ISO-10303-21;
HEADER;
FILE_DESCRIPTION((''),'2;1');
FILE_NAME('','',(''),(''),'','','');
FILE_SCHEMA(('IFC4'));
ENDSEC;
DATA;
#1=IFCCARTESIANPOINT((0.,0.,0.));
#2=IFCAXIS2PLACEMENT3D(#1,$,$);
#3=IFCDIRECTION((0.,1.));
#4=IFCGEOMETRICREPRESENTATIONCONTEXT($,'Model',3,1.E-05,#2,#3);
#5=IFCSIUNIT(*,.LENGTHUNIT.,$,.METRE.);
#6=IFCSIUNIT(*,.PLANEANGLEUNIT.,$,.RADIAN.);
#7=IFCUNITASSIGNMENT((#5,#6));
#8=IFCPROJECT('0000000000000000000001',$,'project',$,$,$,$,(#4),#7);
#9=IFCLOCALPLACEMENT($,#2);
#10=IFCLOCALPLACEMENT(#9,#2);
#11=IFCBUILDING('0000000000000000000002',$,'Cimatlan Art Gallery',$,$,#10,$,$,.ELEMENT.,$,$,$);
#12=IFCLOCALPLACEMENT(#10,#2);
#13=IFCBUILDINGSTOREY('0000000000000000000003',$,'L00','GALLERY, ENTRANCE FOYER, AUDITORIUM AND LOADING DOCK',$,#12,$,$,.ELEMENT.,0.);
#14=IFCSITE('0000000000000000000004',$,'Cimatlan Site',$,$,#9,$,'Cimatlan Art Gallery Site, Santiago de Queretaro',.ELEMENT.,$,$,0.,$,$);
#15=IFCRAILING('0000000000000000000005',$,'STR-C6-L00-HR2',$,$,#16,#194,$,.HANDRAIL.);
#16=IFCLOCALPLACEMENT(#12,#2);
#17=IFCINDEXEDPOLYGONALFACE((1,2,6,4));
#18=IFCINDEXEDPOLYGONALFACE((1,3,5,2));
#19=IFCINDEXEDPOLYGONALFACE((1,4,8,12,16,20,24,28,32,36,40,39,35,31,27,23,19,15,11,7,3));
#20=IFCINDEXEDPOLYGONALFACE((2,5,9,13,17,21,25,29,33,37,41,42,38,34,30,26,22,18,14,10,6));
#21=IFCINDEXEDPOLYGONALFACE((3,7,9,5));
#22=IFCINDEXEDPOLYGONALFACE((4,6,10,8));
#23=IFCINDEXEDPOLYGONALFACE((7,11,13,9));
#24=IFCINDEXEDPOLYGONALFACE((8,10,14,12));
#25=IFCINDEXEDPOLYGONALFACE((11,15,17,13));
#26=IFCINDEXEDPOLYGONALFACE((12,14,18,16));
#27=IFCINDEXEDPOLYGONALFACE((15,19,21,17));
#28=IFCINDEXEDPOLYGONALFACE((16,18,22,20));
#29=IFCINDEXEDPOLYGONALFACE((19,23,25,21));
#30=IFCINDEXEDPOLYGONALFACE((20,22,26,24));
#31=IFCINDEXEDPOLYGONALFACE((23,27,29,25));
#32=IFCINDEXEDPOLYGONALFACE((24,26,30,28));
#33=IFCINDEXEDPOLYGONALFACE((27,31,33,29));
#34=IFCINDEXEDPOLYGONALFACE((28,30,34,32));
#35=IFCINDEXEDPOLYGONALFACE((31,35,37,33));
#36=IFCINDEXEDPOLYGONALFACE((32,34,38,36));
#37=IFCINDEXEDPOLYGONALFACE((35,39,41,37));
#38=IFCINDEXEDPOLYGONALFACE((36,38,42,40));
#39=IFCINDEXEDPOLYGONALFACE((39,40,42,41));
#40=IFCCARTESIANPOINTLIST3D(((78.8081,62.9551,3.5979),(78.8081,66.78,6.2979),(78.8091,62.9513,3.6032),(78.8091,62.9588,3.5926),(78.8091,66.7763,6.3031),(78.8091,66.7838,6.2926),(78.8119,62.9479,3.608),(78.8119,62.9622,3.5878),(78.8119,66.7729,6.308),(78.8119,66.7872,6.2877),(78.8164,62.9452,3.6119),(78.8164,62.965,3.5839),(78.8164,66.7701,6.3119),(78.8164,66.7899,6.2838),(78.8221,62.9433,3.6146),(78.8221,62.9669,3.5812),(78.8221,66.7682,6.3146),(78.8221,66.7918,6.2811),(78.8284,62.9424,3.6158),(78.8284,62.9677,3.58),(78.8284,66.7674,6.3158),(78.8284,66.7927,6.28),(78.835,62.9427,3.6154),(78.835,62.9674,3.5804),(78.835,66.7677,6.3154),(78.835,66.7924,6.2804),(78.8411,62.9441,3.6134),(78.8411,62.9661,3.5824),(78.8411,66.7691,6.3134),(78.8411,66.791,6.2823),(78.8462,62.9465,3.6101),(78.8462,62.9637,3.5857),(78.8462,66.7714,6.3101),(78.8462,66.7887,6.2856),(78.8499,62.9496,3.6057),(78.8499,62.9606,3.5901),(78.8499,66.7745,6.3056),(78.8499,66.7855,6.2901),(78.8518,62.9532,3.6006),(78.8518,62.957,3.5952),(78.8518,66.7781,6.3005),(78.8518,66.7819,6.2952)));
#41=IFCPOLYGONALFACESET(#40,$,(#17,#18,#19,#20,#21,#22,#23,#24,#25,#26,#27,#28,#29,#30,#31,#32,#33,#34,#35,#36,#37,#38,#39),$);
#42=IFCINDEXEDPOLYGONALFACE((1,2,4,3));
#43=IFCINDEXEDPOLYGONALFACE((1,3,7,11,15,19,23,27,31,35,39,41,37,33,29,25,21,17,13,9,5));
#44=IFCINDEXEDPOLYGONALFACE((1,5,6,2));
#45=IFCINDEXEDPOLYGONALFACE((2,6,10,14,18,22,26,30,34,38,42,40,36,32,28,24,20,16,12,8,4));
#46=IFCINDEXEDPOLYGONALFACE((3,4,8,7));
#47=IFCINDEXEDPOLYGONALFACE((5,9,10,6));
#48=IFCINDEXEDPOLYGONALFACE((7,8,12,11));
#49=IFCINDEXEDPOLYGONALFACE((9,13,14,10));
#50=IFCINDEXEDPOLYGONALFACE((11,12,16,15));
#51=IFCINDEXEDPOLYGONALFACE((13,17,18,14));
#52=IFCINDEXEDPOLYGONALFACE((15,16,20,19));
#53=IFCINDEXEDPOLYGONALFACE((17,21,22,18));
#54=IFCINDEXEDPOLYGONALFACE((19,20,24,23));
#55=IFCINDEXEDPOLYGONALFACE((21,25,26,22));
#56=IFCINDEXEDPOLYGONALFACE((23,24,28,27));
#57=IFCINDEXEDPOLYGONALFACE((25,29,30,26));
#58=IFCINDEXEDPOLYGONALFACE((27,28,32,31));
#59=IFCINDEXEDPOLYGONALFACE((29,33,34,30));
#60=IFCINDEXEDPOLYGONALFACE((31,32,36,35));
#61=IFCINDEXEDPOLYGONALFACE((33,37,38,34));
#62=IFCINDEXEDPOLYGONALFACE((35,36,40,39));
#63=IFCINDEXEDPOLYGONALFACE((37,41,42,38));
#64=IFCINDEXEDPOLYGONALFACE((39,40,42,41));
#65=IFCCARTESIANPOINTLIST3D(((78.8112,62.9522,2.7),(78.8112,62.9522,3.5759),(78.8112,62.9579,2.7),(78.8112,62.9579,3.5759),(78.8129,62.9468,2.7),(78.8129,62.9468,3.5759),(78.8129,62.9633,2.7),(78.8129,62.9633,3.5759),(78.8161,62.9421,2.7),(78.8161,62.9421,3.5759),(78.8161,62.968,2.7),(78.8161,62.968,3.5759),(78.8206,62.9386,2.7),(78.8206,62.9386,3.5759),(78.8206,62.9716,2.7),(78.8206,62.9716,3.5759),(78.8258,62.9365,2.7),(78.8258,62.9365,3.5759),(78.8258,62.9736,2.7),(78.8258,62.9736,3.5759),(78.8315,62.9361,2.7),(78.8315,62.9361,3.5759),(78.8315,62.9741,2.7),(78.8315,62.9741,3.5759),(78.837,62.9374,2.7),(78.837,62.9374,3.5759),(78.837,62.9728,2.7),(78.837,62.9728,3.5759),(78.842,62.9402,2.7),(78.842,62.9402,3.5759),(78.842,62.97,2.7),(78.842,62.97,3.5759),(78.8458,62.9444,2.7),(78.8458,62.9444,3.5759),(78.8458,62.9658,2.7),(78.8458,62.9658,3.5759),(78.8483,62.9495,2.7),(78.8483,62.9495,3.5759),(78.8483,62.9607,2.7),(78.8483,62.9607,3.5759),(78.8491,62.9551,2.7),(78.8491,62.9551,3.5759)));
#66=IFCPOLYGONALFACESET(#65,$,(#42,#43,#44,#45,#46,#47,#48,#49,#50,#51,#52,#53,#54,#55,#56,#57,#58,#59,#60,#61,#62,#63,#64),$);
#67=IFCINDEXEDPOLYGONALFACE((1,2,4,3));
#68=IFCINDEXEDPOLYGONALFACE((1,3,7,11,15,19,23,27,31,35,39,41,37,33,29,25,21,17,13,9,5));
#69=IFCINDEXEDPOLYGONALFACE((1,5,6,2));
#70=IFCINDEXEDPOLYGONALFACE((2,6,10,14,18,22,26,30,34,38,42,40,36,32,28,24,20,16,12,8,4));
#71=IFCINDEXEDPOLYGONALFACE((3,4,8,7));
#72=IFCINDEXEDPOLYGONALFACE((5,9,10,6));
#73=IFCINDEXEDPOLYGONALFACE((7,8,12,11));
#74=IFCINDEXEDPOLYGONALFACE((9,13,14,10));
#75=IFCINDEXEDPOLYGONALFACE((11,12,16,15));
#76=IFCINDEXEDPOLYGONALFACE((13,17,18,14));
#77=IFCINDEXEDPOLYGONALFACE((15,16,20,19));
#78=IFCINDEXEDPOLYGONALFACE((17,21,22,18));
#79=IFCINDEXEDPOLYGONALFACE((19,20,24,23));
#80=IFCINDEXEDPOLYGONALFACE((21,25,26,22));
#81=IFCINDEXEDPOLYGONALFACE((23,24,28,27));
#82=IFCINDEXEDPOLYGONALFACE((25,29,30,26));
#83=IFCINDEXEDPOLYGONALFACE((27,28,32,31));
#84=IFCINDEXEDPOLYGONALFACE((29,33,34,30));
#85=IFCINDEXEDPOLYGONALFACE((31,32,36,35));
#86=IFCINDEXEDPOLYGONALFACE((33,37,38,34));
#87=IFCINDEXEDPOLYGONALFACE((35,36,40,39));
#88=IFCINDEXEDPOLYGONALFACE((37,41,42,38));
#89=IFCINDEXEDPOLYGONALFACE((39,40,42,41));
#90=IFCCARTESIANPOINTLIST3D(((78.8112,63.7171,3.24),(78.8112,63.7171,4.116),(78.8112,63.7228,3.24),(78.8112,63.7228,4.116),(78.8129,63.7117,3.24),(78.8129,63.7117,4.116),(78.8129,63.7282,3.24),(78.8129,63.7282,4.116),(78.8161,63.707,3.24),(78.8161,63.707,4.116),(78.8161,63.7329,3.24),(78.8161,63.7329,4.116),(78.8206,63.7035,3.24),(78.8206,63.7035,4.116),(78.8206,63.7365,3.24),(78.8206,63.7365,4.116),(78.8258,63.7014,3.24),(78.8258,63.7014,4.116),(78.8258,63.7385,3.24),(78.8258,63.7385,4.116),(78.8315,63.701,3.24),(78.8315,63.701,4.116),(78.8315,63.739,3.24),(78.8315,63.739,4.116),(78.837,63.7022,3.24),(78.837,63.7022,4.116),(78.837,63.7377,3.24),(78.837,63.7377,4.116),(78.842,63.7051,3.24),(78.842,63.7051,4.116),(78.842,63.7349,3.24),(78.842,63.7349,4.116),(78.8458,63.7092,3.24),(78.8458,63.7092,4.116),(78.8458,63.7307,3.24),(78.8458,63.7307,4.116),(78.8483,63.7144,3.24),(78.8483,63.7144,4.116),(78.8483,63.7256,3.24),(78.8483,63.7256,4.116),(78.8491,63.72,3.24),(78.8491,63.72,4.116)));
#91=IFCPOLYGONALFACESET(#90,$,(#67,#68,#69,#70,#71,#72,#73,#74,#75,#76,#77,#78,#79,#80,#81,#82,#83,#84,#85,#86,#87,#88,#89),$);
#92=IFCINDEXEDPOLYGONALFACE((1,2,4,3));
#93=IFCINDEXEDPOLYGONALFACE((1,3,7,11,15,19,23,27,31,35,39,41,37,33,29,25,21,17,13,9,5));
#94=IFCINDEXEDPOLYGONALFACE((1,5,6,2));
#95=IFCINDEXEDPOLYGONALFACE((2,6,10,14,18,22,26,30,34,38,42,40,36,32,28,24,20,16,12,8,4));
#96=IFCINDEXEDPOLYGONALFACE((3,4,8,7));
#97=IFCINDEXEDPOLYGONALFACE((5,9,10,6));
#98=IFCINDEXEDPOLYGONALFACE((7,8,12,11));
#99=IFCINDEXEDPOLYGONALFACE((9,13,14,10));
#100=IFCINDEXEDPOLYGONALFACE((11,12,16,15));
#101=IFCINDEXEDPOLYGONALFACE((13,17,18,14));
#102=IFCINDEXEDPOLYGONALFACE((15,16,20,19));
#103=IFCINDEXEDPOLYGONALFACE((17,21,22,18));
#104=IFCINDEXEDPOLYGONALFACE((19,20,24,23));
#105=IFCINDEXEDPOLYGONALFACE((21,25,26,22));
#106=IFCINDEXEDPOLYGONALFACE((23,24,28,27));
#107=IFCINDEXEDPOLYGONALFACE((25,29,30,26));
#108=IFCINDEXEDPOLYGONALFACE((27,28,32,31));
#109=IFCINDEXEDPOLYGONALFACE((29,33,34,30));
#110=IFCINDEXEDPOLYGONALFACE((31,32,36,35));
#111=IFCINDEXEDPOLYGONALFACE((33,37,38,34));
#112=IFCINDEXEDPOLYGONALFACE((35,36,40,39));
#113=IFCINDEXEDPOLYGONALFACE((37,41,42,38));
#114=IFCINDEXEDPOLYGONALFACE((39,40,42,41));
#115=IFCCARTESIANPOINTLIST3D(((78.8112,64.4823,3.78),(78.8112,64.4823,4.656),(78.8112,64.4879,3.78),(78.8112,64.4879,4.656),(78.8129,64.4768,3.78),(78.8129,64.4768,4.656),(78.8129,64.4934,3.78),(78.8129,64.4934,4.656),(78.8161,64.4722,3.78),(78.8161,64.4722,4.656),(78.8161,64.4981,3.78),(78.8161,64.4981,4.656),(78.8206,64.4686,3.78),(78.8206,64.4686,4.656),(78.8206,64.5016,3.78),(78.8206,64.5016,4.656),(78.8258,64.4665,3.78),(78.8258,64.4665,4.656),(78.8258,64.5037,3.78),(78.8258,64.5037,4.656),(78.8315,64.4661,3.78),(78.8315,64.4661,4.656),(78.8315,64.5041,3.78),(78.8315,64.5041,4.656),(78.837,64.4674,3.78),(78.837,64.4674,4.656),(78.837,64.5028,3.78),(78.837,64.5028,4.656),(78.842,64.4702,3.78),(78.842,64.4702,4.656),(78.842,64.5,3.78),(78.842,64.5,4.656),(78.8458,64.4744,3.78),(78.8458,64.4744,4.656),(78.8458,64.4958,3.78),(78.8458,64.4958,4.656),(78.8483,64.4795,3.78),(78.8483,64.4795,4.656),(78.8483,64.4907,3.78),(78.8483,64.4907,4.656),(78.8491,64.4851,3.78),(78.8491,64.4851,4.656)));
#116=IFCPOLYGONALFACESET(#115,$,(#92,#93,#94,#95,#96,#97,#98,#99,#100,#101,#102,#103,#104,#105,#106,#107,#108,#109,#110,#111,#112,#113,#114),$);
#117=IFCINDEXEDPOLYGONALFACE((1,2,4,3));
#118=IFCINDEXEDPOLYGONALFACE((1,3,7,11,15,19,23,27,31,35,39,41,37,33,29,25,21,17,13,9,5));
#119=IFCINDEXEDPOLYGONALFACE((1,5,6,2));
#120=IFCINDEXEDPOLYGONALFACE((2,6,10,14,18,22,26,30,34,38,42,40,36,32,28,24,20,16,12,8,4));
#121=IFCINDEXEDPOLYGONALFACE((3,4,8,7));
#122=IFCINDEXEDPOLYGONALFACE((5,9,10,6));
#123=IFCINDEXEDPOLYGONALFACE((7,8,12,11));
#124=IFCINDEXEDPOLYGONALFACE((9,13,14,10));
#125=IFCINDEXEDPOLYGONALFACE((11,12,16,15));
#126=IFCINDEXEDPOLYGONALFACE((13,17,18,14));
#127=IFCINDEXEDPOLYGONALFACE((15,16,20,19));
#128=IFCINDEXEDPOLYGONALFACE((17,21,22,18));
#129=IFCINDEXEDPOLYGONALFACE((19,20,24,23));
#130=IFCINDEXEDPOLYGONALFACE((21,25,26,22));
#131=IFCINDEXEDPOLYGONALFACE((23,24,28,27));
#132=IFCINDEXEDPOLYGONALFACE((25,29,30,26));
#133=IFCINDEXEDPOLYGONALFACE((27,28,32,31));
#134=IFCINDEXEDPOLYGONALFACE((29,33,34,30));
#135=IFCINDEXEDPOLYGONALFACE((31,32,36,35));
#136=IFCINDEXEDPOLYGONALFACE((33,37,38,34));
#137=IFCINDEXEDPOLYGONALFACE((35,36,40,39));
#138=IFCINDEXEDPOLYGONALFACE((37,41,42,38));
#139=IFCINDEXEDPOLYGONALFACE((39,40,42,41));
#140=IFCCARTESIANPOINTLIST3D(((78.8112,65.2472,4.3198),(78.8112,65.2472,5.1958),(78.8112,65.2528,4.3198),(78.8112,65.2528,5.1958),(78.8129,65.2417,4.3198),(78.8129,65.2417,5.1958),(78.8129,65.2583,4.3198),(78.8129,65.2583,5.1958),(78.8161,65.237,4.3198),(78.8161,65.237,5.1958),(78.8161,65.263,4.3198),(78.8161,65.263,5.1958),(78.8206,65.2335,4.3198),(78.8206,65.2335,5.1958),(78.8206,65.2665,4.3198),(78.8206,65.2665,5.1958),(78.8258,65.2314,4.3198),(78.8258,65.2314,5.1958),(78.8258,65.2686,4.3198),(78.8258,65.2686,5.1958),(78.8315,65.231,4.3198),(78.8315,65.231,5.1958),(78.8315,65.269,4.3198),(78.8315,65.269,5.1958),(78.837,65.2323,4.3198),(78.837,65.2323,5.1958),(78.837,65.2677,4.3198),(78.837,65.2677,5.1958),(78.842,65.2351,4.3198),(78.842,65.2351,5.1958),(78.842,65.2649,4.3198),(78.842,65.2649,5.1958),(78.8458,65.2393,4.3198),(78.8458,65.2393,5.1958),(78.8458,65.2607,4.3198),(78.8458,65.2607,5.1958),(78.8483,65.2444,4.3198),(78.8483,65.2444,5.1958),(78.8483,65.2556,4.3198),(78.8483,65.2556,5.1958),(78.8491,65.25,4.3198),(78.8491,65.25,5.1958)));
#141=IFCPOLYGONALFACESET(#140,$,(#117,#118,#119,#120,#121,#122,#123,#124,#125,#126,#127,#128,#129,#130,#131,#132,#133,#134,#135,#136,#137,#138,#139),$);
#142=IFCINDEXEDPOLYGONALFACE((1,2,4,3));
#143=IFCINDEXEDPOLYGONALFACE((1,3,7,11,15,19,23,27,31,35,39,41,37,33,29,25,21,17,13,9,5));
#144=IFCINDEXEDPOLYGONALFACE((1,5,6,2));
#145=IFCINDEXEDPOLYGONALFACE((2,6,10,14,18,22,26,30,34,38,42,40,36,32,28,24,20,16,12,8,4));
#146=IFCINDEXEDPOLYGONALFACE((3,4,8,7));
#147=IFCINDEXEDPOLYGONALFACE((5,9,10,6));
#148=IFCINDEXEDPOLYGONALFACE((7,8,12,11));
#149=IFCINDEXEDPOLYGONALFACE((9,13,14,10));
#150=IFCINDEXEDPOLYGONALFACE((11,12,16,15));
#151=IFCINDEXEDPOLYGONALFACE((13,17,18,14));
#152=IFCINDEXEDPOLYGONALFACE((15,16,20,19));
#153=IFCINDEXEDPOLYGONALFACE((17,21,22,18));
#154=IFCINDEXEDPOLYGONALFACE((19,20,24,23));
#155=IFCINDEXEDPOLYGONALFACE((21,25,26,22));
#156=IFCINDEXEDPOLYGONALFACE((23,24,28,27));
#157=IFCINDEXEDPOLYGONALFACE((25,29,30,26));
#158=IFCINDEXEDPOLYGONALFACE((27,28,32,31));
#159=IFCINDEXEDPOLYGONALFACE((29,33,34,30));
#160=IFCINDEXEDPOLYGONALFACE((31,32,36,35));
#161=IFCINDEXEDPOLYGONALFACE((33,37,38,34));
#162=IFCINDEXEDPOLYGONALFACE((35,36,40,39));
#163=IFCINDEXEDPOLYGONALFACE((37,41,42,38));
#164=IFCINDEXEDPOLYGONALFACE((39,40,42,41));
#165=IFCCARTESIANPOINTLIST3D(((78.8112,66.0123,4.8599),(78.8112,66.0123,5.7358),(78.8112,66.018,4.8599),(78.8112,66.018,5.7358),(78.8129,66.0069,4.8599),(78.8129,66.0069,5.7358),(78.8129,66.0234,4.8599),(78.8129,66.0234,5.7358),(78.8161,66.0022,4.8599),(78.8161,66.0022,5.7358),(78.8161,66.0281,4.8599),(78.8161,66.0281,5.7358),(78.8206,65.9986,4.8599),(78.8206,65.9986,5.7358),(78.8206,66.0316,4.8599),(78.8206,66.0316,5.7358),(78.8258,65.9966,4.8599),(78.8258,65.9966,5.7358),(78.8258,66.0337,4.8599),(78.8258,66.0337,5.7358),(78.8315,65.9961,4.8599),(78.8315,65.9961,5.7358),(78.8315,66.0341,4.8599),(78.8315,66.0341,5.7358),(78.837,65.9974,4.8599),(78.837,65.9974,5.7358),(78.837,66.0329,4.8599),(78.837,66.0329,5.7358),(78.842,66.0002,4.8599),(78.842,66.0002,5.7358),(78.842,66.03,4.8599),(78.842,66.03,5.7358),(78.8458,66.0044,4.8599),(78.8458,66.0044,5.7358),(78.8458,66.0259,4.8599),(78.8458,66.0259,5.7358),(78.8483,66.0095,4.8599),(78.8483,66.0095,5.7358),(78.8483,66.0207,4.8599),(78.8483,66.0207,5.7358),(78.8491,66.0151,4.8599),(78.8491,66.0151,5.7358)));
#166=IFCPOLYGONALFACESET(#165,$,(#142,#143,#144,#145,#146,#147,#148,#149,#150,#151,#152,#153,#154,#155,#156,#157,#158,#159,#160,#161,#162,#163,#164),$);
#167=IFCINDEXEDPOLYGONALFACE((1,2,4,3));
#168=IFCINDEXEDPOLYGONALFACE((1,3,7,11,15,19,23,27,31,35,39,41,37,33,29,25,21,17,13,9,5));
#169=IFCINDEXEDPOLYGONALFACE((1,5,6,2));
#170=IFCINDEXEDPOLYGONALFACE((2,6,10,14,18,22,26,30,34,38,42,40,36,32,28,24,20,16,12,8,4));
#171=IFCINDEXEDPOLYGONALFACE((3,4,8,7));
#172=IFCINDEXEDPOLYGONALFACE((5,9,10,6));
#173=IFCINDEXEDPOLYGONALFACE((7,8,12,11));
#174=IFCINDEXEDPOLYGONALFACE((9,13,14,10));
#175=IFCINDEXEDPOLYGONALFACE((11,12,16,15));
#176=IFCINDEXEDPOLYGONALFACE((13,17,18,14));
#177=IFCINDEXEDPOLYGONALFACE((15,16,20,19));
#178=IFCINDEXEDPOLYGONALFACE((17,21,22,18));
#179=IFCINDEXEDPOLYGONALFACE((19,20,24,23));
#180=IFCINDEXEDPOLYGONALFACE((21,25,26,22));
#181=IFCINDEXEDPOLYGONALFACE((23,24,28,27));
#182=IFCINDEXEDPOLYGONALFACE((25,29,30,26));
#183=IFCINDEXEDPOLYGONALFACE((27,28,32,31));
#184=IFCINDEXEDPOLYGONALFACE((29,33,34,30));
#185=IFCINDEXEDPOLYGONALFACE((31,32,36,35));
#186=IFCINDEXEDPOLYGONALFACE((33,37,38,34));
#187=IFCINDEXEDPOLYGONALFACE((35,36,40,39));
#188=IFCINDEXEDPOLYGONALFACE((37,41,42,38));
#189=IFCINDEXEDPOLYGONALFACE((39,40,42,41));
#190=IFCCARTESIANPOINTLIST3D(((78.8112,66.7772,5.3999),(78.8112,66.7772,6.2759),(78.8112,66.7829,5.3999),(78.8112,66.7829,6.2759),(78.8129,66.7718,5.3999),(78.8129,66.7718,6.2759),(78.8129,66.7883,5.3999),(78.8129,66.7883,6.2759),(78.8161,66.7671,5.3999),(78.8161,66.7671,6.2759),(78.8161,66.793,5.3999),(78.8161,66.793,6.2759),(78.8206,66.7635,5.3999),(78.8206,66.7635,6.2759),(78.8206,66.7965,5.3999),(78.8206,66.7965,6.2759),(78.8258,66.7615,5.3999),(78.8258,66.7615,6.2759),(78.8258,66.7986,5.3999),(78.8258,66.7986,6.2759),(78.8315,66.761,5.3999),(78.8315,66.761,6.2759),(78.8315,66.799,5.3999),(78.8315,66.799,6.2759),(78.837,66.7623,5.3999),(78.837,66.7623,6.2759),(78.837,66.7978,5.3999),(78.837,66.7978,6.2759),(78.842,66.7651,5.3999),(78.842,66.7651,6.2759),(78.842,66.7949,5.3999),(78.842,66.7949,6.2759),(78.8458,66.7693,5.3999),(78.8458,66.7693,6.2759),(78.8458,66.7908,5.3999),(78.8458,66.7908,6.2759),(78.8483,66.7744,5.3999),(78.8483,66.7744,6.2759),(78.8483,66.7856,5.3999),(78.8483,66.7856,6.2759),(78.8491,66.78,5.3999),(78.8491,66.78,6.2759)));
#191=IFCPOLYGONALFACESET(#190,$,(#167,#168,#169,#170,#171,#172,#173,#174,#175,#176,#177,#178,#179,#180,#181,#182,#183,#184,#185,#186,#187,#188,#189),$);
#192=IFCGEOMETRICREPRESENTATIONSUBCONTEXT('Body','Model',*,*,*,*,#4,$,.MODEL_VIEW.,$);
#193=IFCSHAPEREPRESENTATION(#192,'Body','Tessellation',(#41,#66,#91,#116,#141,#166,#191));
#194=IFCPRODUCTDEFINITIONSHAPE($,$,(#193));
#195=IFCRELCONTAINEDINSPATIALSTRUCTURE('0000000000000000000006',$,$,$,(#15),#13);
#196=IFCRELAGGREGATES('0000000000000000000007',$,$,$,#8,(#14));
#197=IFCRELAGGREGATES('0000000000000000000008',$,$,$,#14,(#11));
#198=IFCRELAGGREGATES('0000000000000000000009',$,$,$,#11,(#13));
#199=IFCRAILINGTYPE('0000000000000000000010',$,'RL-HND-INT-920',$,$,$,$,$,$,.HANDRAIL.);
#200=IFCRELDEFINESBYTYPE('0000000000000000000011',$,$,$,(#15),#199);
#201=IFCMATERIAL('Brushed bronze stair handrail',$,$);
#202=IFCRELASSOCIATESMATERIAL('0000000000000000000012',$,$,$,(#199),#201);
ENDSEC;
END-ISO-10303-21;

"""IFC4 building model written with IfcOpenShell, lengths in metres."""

from ifc_helpers import new_model, si_unit, direction, frame, origin, origin_2d, place, context, subcontext, project, spatial, circle, extrude, material, type_object, element, save


model = new_model("IFC4")

# Units and contexts
model_context = context("Model", 3, precision=1e-05, world=origin(), true_north=direction((0.0, 1.0)))
body_context = subcontext(model_context, "Body", "Model", "MODEL_VIEW")
ifc_project = project(units=[si_unit("LENGTHUNIT", "METRE"), si_unit("PLANEANGLEUNIT", "RADIAN")], contexts=[model_context])

# Site, building, storey
site_placement = place(None, origin())
site = spatial("IfcSite", under=ifc_project, at=site_placement, Name="Cimatlan Site", LongName="Cimatlan Art Gallery Site, Santiago de Queretaro", CompositionType="ELEMENT", RefElevation=0.0)
building_placement = place(site_placement, origin())
building = spatial("IfcBuilding", under=site, at=building_placement, Name="Cimatlan Art Gallery", CompositionType="ELEMENT")
storey_placement = place(building_placement, origin())
storey = spatial("IfcBuildingStorey", under=building, at=storey_placement, Name="L00", Description="GALLERY, ENTRANCE FOYER, AUDITORIUM AND LOADING DOCK", CompositionType="ELEMENT", Elevation=0.0)

# Railing
ifc_material_1 = material(Name="Brushed bronze stair handrail")
railing_type = type_object("IfcRailingType", Name="RL-HND-INT-920", PredefinedType="HANDRAIL", material=ifc_material_1)
railing_placement = place(storey_placement, frame((78.8301, 62.9551, 2.7)))
element("IfcRailing", 1, at=railing_placement, inside=storey, type_object=railing_type, Name="STR-C6-L00-HR2", PredefinedType="HANDRAIL", context=body_context, shape_type="SweptSolid", body=[
    extrude(circle(Radius=0.022, at=origin_2d()), frame((0.0, 0.0, 0.8979), z_axis=(0.0, 0.816969, 0.576681), x_axis=(-1.0, 0.0, 0.0)), (0.0, 0.0, 1.0), 4.6819),
    extrude(circle(Radius=0.019, at=origin_2d()), origin(), (0.0, 0.0, 1.0), 0.876),
    extrude(circle(Radius=0.019, at=origin_2d()), frame((0.0, 0.7649, 0.54)), (0.0, 0.0, 1.0), 0.876),
    extrude(circle(Radius=0.019, at=origin_2d()), frame((0.0, 1.53, 1.0801)), (0.0, 0.0, 1.0), 0.876),
    extrude(circle(Radius=0.019, at=origin_2d()), frame((0.0, 2.2949, 1.6199)), (0.0, 0.0, 1.0), 0.876),
    extrude(circle(Radius=0.019, at=origin_2d()), frame((0.0, 3.0601, 2.1599)), (0.0, 0.0, 1.0), 0.876),
    extrude(circle(Radius=0.019, at=origin_2d()), frame((0.0, 3.825, 2.7)), (0.0, 0.0, 1.0), 0.876),
])

save(model, "model.ifc")
